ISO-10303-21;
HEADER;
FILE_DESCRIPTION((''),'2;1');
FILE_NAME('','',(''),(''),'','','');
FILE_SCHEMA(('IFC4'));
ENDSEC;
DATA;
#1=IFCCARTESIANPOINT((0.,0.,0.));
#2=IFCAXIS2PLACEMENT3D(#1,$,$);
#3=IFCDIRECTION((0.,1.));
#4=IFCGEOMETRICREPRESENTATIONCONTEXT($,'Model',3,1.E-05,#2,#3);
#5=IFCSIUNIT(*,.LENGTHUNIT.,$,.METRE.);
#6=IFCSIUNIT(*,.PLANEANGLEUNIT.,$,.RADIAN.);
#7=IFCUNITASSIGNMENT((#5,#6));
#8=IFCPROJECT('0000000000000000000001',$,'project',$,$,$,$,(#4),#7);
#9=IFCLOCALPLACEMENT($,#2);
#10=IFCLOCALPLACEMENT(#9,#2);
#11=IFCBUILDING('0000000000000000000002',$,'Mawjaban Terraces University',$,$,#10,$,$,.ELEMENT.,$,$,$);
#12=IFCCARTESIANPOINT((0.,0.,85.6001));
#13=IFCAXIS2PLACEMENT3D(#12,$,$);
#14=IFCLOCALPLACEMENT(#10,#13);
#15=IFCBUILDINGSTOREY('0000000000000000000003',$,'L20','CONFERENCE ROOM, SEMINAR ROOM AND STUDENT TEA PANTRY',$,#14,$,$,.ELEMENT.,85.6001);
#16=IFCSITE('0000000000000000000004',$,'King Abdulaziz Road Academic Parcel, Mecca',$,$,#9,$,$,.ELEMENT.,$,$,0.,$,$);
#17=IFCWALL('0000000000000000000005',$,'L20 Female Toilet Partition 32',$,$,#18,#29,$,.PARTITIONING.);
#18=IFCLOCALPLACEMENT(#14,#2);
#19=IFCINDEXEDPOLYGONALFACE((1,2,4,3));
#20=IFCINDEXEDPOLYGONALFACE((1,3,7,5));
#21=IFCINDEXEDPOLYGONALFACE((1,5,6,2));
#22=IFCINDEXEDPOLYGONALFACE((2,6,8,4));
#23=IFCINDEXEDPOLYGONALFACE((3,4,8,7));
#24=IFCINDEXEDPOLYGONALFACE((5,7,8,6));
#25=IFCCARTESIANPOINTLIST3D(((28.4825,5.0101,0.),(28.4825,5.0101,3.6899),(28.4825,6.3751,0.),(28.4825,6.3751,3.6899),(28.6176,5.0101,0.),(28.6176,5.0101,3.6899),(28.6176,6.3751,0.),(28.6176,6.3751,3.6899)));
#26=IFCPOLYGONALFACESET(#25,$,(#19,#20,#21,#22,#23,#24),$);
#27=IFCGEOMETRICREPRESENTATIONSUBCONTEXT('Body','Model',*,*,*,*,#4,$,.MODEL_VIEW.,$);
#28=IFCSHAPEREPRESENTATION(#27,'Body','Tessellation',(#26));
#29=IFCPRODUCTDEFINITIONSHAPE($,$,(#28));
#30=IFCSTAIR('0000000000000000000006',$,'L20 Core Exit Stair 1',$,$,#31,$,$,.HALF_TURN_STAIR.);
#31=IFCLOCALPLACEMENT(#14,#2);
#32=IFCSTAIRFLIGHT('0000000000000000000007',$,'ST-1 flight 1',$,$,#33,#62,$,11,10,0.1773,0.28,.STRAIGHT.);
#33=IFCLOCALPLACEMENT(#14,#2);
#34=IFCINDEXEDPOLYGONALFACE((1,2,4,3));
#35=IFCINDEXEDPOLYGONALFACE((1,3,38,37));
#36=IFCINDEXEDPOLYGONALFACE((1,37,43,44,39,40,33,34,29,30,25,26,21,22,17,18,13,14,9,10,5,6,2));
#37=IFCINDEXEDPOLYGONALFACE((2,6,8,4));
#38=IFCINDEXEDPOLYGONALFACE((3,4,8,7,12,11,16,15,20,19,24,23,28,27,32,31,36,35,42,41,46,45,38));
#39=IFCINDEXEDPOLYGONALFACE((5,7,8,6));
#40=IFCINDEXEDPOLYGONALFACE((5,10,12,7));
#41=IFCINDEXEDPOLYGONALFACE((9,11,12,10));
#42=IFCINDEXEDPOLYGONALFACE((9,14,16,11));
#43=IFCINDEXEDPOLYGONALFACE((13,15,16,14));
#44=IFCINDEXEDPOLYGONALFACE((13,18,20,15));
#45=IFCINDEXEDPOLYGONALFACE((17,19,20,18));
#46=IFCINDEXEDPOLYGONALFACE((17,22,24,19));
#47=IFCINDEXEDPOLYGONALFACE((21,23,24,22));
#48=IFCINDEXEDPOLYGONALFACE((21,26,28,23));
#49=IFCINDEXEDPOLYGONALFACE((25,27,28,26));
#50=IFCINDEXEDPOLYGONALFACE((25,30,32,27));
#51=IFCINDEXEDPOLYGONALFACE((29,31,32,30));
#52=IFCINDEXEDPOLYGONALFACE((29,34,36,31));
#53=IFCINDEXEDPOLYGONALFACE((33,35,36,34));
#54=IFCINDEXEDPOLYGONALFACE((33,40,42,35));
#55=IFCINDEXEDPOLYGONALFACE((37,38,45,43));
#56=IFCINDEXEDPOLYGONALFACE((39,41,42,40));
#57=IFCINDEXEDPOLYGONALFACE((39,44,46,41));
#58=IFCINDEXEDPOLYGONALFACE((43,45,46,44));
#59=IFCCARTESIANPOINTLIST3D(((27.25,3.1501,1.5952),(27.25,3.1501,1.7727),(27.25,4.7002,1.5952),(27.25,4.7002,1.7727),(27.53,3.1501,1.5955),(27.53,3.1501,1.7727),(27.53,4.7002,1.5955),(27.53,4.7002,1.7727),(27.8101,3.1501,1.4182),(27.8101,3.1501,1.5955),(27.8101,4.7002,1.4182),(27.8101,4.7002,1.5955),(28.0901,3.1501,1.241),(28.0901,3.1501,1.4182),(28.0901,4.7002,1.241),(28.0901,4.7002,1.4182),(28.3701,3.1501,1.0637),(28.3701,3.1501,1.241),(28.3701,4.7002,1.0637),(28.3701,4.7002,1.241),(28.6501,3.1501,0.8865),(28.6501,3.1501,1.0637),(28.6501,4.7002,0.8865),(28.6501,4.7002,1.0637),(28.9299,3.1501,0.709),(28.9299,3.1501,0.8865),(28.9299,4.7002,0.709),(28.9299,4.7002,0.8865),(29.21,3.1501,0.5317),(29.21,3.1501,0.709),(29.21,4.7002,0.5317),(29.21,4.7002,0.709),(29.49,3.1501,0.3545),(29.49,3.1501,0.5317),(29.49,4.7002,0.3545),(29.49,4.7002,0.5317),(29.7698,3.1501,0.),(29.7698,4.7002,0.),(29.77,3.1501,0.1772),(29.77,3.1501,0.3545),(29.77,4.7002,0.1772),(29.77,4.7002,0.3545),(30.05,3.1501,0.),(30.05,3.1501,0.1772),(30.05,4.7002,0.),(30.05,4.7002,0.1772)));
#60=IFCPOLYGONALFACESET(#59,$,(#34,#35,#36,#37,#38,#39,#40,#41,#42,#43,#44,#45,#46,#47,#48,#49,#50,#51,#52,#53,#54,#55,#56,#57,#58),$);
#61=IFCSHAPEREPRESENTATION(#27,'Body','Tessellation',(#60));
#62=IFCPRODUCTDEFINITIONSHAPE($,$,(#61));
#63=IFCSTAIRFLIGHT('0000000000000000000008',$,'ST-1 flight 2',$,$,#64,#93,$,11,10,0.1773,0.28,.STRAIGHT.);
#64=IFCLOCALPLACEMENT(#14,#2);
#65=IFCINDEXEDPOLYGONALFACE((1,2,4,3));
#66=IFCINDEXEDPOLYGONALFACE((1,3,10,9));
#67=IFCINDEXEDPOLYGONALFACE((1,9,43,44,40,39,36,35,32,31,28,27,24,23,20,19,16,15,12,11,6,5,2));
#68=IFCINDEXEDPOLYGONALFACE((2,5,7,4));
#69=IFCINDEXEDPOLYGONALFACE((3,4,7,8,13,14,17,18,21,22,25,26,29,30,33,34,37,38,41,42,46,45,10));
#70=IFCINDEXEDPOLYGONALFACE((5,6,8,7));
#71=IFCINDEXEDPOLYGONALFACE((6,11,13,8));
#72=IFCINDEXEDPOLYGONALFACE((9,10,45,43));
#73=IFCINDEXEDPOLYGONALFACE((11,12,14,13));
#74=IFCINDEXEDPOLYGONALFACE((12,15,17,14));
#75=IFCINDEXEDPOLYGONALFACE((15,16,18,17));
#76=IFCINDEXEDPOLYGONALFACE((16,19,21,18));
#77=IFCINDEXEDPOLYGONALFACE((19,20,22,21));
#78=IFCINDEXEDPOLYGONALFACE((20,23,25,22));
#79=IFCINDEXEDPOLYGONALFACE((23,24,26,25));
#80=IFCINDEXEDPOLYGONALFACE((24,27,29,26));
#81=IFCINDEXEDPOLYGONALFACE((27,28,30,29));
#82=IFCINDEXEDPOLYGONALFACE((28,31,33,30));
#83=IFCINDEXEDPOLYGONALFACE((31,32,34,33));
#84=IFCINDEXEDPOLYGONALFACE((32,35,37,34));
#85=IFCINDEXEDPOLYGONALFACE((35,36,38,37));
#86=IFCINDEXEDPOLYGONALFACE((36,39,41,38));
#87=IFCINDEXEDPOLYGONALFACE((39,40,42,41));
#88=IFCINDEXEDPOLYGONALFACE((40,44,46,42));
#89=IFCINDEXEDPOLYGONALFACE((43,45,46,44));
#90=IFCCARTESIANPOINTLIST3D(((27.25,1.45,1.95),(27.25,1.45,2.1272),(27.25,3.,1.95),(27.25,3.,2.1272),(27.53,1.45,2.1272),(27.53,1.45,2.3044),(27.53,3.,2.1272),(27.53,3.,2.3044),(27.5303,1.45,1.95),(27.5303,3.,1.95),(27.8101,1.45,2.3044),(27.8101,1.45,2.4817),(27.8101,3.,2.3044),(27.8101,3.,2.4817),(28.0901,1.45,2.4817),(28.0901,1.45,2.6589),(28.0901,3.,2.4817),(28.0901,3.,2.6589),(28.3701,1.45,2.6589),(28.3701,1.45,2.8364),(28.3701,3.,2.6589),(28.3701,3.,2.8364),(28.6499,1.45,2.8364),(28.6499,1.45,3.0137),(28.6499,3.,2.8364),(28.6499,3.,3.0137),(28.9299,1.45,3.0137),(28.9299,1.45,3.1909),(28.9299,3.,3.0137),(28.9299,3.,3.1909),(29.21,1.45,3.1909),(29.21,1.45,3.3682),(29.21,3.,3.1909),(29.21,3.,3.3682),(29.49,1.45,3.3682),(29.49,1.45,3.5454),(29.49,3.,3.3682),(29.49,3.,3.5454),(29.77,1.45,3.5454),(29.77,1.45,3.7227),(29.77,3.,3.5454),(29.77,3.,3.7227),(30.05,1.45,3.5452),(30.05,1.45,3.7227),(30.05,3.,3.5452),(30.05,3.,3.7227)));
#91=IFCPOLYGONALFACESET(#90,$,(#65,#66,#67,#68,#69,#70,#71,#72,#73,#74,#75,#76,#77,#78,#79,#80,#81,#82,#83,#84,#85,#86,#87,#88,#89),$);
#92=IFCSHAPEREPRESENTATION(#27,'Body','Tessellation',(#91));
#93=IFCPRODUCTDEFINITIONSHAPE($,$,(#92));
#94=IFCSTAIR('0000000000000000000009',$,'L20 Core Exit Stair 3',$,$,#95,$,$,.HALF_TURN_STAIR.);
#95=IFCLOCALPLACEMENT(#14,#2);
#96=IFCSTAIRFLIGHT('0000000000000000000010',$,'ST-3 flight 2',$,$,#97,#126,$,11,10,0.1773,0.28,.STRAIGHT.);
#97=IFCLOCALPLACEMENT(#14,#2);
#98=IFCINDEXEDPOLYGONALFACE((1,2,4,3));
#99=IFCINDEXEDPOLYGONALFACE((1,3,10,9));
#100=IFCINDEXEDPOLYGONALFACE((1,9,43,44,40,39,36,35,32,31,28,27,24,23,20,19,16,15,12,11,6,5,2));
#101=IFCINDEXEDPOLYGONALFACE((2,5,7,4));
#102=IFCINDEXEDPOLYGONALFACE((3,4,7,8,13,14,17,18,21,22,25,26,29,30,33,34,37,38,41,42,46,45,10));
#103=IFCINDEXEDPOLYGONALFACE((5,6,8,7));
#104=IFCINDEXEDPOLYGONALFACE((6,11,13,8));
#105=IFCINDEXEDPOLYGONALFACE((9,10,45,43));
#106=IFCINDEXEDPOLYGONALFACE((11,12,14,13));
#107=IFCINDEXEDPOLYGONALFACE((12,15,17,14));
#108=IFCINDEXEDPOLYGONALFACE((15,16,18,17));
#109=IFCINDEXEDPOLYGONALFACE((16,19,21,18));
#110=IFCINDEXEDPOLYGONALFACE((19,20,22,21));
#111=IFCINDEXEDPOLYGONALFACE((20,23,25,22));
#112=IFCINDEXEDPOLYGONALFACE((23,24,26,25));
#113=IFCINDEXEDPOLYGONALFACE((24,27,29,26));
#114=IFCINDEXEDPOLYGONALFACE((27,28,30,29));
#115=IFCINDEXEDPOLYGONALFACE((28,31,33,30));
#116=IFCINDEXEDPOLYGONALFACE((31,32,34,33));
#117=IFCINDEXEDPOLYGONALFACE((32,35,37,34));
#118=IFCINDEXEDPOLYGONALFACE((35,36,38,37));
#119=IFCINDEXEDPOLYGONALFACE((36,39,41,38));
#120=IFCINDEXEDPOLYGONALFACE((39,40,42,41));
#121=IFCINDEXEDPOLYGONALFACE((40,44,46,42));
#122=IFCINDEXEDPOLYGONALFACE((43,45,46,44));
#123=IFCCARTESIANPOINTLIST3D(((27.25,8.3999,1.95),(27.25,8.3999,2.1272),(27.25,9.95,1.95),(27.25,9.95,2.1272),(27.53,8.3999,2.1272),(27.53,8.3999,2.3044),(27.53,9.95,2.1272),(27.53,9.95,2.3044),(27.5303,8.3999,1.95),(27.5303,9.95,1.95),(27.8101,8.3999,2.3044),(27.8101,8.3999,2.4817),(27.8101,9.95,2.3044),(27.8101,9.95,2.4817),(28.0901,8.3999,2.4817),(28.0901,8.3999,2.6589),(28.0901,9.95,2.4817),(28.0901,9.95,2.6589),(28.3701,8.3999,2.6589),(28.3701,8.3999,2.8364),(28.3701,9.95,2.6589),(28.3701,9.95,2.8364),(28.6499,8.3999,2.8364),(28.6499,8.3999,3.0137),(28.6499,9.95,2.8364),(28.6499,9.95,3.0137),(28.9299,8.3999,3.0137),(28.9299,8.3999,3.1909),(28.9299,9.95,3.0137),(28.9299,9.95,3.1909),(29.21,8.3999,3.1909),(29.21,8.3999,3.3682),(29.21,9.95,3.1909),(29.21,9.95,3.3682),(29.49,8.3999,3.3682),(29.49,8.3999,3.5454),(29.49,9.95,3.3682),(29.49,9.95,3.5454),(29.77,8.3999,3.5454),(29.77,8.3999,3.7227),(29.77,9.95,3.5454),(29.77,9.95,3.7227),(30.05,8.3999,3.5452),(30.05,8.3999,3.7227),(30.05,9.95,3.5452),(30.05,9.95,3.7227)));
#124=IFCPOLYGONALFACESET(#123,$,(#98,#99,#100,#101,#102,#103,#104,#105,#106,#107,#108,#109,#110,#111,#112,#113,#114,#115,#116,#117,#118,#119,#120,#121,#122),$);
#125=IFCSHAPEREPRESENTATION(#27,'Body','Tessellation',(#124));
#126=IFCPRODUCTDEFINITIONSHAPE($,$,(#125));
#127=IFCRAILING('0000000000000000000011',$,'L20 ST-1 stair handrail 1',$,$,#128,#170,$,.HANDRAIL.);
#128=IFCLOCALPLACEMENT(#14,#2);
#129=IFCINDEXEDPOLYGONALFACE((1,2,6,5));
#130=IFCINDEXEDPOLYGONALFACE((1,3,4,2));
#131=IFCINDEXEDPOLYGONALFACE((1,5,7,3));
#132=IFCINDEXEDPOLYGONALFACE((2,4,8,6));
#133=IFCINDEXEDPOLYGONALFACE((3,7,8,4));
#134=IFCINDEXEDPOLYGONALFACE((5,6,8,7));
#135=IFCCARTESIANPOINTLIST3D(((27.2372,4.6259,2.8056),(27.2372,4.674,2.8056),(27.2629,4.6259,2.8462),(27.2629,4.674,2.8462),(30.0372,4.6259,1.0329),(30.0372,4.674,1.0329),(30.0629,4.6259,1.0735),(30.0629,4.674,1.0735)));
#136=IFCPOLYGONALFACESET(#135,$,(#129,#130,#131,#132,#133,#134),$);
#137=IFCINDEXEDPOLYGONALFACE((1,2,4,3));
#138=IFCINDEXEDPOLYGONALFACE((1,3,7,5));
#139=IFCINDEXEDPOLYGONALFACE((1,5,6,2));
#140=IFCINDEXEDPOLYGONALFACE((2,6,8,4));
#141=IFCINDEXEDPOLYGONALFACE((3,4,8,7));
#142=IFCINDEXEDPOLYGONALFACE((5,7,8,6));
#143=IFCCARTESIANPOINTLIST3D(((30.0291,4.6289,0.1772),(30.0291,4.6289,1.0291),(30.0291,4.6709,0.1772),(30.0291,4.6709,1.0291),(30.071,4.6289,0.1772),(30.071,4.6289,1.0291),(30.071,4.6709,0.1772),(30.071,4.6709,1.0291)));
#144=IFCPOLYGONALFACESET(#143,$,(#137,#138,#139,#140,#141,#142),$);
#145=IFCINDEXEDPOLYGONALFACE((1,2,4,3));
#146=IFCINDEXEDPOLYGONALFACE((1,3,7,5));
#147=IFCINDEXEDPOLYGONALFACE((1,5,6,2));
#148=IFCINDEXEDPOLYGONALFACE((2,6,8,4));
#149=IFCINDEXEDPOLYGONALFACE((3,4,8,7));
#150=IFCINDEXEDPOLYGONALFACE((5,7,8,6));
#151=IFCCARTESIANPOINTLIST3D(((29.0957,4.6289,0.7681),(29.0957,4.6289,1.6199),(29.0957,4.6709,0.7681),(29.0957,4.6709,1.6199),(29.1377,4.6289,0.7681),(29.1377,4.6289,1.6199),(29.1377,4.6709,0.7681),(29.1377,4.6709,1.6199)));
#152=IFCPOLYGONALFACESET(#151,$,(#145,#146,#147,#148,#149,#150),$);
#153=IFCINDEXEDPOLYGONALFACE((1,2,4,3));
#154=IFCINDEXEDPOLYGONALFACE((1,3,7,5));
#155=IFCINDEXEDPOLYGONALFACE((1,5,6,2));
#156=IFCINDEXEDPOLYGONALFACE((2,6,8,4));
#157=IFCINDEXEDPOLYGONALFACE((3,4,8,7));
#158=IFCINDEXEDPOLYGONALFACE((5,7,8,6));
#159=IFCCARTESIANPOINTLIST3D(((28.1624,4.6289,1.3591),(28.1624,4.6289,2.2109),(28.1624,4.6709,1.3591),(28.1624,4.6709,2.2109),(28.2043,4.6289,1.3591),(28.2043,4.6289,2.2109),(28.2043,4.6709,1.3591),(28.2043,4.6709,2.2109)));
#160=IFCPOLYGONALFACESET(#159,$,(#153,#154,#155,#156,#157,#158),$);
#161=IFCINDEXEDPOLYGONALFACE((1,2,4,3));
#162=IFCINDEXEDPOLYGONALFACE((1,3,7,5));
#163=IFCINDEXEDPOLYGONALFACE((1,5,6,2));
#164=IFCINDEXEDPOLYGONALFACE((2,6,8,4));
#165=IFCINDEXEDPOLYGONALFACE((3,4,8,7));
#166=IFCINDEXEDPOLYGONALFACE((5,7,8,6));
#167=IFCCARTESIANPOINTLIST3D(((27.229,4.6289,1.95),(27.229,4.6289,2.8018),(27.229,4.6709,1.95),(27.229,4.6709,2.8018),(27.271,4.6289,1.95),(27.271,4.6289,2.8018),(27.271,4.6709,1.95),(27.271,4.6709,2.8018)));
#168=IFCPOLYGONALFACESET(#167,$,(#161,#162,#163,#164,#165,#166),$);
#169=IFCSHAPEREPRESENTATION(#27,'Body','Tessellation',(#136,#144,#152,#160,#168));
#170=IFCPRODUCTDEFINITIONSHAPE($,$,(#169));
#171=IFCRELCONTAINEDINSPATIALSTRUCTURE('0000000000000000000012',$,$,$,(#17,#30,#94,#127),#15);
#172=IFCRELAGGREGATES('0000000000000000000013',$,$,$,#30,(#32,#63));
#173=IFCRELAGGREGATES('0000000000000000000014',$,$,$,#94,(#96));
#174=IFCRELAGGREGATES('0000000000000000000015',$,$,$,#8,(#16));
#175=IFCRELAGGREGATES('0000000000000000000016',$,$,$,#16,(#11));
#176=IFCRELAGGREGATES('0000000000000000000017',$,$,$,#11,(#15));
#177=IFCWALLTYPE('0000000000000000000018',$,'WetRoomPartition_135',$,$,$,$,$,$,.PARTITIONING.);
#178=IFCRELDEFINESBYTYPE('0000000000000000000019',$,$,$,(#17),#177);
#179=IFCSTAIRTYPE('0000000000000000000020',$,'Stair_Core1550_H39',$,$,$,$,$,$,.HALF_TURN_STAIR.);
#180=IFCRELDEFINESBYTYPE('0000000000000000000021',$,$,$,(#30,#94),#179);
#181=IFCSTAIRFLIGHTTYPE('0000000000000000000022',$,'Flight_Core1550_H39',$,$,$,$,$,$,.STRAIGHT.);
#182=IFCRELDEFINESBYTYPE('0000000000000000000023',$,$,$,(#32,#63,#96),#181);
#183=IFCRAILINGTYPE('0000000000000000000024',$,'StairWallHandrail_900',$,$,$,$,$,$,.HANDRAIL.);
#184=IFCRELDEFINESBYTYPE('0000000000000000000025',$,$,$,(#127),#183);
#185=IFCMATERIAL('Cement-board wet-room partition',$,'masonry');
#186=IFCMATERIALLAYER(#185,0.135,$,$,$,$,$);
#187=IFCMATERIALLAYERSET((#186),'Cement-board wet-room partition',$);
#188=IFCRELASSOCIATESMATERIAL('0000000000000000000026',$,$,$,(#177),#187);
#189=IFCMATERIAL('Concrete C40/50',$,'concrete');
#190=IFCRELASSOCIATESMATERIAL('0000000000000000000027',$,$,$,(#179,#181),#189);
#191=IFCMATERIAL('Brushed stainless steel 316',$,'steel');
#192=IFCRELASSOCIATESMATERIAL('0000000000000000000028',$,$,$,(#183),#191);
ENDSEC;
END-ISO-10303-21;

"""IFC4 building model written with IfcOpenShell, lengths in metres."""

from ifc_helpers import new_model, si_unit, direction, frame, frame_2d, origin, origin_2d, place, context, subcontext, project, spatial, polyline, rectangle, outline, extrude, material, layer, layer_set, type_object, element, aggregate, save


model = new_model("IFC4")

# Units and contexts
model_context = context("Model", 3, precision=1e-05, world=origin(), true_north=direction((0.0, 1.0)))
body_context = subcontext(model_context, "Body", "Model", "MODEL_VIEW")
ifc_project = project(units=[si_unit("LENGTHUNIT", "METRE"), si_unit("PLANEANGLEUNIT", "RADIAN")], contexts=[model_context])

# Site, building, storey
site_placement = place(None, origin())
site = spatial("IfcSite", under=ifc_project, at=site_placement, Name="King Abdulaziz Road Academic Parcel, Mecca", CompositionType="ELEMENT", RefElevation=0.0)
building_placement = place(site_placement, origin())
building = spatial("IfcBuilding", under=site, at=building_placement, Name="Mawjaban Terraces University", CompositionType="ELEMENT")
storey_placement = place(building_placement, frame((0.0, 0.0, 85.6001)))
storey = spatial("IfcBuildingStorey", under=building, at=storey_placement, Name="L20", Description="CONFERENCE ROOM, SEMINAR ROOM AND STUDENT TEA PANTRY", CompositionType="ELEMENT", Elevation=85.6001)

# Wall
ifc_material_1 = material(Name="Cement-board wet-room partition", Category="masonry")
ifc_layer_1 = layer(ifc_material_1, 0.135)
ifc_layer_set_1 = layer_set([ifc_layer_1], Name="Cement-board wet-room partition")
wall_type_1 = type_object("IfcWallType", Name="WetRoomPartition_135", PredefinedType="PARTITIONING", material=ifc_layer_set_1)
for number, where, z_axis, x_axis, name in (
    (1, (28.55, 5.01, 0.0), (0.0, 0.0, 1.0), (0.0, 1.0, 0.0), "L20 Female Toilet Partition 32"),
):
    element("IfcWall", number, at=place(storey_placement, frame(where, z_axis=z_axis, x_axis=x_axis)), inside=storey, type_object=wall_type_1, Name=name, PredefinedType="PARTITIONING", context=body_context, shape_type="SweptSolid", body=[
        extrude(rectangle(XDim=1.365, YDim=0.135, at=frame_2d((0.6826, 0.0))), origin(), (0.0, 0.0, 1.0), 3.6899),
    ])

# Stair, stair flights
ifc_material_2 = material(Name="Concrete C40/50", Category="concrete")
stair_type = type_object("IfcStairType", Name="Stair_Core1550_H39", PredefinedType="HALF_TURN_STAIR", material=ifc_material_2)
stair_1_placement = place(storey_placement, origin())
stair_1 = element("IfcStair", 2, at=stair_1_placement, inside=storey, type_object=stair_type, Name="L20 Core Exit Stair 1", PredefinedType="HALF_TURN_STAIR")
stair_flight_type = type_object("IfcStairFlightType", Name="Flight_Core1550_H39", PredefinedType="STRAIGHT", material=ifc_material_2)
stair_flight_1_placement = place(storey_placement, frame((30.05, 3.925, 0.0), z_axis=(0.0, 0.0, 1.0), x_axis=(-1.0, 0.0, 0.0)))
stair_flight_1 = element("IfcStairFlight", 3, at=stair_flight_1_placement, type_object=stair_flight_type, Name="ST-1 flight 1", NumberOfRisers=11, NumberOfTreads=10, PredefinedType="STRAIGHT", RiserHeight=0.1773, TreadLength=0.28, context=body_context, shape_type="SweptSolid", body=[
    extrude(outline(polyline([(0.0, 0.0), (0.0, 0.1772), (0.28, 0.1772), (0.28, 0.3545), (0.5601, 0.3545), (0.5601, 0.5317), (0.8401, 0.5317), (0.8401, 0.709), (1.1201, 0.709), (1.1201, 0.8865), (1.3999, 0.8865), (1.3999, 1.0637), (1.6799, 1.0637), (1.6799, 1.241), (1.96, 1.241), (1.96, 1.4182), (2.24, 1.4182), (2.24, 1.5955), (2.52, 1.5955), (2.52, 1.7727), (2.8, 1.7727), (2.8, 1.95), (2.8, 1.5952), (0.2803, 0.0), (0.0, 0.0)])), frame((0.0, 0.7749, 0.0), z_axis=(0.0, -1.0, 0.0), x_axis=(1.0, 0.0, 0.0)), (0.0, 0.0, 1.0), 1.55),
])
stair_flight_2_placement = place(storey_placement, frame((27.25, 2.2251, 1.95), z_axis=(0.0, 0.0, 1.0), x_axis=(1.0, 0.0, 0.0)))
stair_flight_2 = element("IfcStairFlight", 4, at=stair_flight_2_placement, type_object=stair_flight_type, Name="ST-1 flight 2", NumberOfRisers=11, NumberOfTreads=10, PredefinedType="STRAIGHT", RiserHeight=0.1773, TreadLength=0.28, context=body_context, shape_type="SweptSolid", body=[
    extrude(outline(polyline([(0.0, 0.0), (0.0, 0.1772), (0.28, 0.1772), (0.28, 0.3545), (0.5601, 0.3545), (0.5601, 0.5317), (0.8401, 0.5317), (0.8401, 0.709), (1.1201, 0.709), (1.1201, 0.8865), (1.3999, 0.8865), (1.3999, 1.0637), (1.6799, 1.0637), (1.6799, 1.241), (1.96, 1.241), (1.96, 1.4182), (2.24, 1.4182), (2.24, 1.5955), (2.52, 1.5955), (2.52, 1.7727), (2.8, 1.7727), (2.8, 1.95), (2.8, 1.5952), (0.2803, 0.0), (0.0, 0.0)])), frame((0.0, 0.7749, 0.0), z_axis=(0.0, -1.0, 0.0), x_axis=(1.0, 0.0, 0.0)), (0.0, 0.0, 1.0), 1.55),
])
aggregate(stair_1, [stair_flight_1, stair_flight_2])

# Stair, stair flight
stair_2_placement = place(storey_placement, origin())
stair_2 = element("IfcStair", 5, at=stair_2_placement, inside=storey, type_object=stair_type, Name="L20 Core Exit Stair 3", PredefinedType="HALF_TURN_STAIR")
stair_flight_3_placement = place(storey_placement, frame((27.25, 9.175, 1.95), z_axis=(0.0, 0.0, 1.0), x_axis=(1.0, 0.0, 0.0)))
stair_flight_3 = element("IfcStairFlight", 6, at=stair_flight_3_placement, type_object=stair_flight_type, Name="ST-3 flight 2", NumberOfRisers=11, NumberOfTreads=10, PredefinedType="STRAIGHT", RiserHeight=0.1773, TreadLength=0.28, context=body_context, shape_type="SweptSolid", body=[
    extrude(outline(polyline([(0.0, 0.0), (0.0, 0.1772), (0.28, 0.1772), (0.28, 0.3545), (0.5601, 0.3545), (0.5601, 0.5317), (0.8401, 0.5317), (0.8401, 0.709), (1.1201, 0.709), (1.1201, 0.8865), (1.3999, 0.8865), (1.3999, 1.0637), (1.6799, 1.0637), (1.6799, 1.241), (1.96, 1.241), (1.96, 1.4182), (2.24, 1.4182), (2.24, 1.5955), (2.52, 1.5955), (2.52, 1.7727), (2.8, 1.7727), (2.8, 1.95), (2.8, 1.5952), (0.2803, 0.0), (0.0, 0.0)])), frame((0.0, 0.7749, 0.0), z_axis=(0.0, -1.0, 0.0), x_axis=(1.0, 0.0, 0.0)), (0.0, 0.0, 1.0), 1.55),
])
aggregate(stair_2, [stair_flight_3])

# Railing
ifc_material_3 = material(Name="Brushed stainless steel 316", Category="steel")
railing_type_1 = type_object("IfcRailingType", Name="StairWallHandrail_900", PredefinedType="HANDRAIL", material=ifc_material_3)
railing_1_placement = place(storey_placement, frame((30.05, 4.6499, 0.1772)))
element("IfcRailing", 7, at=railing_1_placement, inside=storey, type_object=railing_type_1, Name="L20 ST-1 stair handrail 1", PredefinedType="HANDRAIL", context=body_context, shape_type="SweptSolid", body=[
    extrude(rectangle(XDim=0.0481, YDim=0.0481, at=origin_2d()), frame((0.0, 0.0, 0.876), z_axis=(-0.844909, 0.0, 0.53491), x_axis=(0.0, -1.0, 0.0)), (0.0, 0.0, 1.0), 3.314),
    extrude(rectangle(XDim=0.042, YDim=0.042, at=origin_2d()), origin(), (0.0, 0.0, 1.0), 0.8518),
    extrude(rectangle(XDim=0.042, YDim=0.042, at=origin_2d()), frame((-0.9333, 0.0, 0.5908)), (0.0, 0.0, 1.0), 0.8518),
    extrude(rectangle(XDim=0.042, YDim=0.042, at=origin_2d()), frame((-1.8667, 0.0, 1.1819)), (0.0, 0.0, 1.0), 0.8518),
    extrude(rectangle(XDim=0.042, YDim=0.042, at=origin_2d()), frame((-2.8, 0.0, 1.7727)), (0.0, 0.0, 1.0), 0.8518),
])

save(model, "model.ifc")
